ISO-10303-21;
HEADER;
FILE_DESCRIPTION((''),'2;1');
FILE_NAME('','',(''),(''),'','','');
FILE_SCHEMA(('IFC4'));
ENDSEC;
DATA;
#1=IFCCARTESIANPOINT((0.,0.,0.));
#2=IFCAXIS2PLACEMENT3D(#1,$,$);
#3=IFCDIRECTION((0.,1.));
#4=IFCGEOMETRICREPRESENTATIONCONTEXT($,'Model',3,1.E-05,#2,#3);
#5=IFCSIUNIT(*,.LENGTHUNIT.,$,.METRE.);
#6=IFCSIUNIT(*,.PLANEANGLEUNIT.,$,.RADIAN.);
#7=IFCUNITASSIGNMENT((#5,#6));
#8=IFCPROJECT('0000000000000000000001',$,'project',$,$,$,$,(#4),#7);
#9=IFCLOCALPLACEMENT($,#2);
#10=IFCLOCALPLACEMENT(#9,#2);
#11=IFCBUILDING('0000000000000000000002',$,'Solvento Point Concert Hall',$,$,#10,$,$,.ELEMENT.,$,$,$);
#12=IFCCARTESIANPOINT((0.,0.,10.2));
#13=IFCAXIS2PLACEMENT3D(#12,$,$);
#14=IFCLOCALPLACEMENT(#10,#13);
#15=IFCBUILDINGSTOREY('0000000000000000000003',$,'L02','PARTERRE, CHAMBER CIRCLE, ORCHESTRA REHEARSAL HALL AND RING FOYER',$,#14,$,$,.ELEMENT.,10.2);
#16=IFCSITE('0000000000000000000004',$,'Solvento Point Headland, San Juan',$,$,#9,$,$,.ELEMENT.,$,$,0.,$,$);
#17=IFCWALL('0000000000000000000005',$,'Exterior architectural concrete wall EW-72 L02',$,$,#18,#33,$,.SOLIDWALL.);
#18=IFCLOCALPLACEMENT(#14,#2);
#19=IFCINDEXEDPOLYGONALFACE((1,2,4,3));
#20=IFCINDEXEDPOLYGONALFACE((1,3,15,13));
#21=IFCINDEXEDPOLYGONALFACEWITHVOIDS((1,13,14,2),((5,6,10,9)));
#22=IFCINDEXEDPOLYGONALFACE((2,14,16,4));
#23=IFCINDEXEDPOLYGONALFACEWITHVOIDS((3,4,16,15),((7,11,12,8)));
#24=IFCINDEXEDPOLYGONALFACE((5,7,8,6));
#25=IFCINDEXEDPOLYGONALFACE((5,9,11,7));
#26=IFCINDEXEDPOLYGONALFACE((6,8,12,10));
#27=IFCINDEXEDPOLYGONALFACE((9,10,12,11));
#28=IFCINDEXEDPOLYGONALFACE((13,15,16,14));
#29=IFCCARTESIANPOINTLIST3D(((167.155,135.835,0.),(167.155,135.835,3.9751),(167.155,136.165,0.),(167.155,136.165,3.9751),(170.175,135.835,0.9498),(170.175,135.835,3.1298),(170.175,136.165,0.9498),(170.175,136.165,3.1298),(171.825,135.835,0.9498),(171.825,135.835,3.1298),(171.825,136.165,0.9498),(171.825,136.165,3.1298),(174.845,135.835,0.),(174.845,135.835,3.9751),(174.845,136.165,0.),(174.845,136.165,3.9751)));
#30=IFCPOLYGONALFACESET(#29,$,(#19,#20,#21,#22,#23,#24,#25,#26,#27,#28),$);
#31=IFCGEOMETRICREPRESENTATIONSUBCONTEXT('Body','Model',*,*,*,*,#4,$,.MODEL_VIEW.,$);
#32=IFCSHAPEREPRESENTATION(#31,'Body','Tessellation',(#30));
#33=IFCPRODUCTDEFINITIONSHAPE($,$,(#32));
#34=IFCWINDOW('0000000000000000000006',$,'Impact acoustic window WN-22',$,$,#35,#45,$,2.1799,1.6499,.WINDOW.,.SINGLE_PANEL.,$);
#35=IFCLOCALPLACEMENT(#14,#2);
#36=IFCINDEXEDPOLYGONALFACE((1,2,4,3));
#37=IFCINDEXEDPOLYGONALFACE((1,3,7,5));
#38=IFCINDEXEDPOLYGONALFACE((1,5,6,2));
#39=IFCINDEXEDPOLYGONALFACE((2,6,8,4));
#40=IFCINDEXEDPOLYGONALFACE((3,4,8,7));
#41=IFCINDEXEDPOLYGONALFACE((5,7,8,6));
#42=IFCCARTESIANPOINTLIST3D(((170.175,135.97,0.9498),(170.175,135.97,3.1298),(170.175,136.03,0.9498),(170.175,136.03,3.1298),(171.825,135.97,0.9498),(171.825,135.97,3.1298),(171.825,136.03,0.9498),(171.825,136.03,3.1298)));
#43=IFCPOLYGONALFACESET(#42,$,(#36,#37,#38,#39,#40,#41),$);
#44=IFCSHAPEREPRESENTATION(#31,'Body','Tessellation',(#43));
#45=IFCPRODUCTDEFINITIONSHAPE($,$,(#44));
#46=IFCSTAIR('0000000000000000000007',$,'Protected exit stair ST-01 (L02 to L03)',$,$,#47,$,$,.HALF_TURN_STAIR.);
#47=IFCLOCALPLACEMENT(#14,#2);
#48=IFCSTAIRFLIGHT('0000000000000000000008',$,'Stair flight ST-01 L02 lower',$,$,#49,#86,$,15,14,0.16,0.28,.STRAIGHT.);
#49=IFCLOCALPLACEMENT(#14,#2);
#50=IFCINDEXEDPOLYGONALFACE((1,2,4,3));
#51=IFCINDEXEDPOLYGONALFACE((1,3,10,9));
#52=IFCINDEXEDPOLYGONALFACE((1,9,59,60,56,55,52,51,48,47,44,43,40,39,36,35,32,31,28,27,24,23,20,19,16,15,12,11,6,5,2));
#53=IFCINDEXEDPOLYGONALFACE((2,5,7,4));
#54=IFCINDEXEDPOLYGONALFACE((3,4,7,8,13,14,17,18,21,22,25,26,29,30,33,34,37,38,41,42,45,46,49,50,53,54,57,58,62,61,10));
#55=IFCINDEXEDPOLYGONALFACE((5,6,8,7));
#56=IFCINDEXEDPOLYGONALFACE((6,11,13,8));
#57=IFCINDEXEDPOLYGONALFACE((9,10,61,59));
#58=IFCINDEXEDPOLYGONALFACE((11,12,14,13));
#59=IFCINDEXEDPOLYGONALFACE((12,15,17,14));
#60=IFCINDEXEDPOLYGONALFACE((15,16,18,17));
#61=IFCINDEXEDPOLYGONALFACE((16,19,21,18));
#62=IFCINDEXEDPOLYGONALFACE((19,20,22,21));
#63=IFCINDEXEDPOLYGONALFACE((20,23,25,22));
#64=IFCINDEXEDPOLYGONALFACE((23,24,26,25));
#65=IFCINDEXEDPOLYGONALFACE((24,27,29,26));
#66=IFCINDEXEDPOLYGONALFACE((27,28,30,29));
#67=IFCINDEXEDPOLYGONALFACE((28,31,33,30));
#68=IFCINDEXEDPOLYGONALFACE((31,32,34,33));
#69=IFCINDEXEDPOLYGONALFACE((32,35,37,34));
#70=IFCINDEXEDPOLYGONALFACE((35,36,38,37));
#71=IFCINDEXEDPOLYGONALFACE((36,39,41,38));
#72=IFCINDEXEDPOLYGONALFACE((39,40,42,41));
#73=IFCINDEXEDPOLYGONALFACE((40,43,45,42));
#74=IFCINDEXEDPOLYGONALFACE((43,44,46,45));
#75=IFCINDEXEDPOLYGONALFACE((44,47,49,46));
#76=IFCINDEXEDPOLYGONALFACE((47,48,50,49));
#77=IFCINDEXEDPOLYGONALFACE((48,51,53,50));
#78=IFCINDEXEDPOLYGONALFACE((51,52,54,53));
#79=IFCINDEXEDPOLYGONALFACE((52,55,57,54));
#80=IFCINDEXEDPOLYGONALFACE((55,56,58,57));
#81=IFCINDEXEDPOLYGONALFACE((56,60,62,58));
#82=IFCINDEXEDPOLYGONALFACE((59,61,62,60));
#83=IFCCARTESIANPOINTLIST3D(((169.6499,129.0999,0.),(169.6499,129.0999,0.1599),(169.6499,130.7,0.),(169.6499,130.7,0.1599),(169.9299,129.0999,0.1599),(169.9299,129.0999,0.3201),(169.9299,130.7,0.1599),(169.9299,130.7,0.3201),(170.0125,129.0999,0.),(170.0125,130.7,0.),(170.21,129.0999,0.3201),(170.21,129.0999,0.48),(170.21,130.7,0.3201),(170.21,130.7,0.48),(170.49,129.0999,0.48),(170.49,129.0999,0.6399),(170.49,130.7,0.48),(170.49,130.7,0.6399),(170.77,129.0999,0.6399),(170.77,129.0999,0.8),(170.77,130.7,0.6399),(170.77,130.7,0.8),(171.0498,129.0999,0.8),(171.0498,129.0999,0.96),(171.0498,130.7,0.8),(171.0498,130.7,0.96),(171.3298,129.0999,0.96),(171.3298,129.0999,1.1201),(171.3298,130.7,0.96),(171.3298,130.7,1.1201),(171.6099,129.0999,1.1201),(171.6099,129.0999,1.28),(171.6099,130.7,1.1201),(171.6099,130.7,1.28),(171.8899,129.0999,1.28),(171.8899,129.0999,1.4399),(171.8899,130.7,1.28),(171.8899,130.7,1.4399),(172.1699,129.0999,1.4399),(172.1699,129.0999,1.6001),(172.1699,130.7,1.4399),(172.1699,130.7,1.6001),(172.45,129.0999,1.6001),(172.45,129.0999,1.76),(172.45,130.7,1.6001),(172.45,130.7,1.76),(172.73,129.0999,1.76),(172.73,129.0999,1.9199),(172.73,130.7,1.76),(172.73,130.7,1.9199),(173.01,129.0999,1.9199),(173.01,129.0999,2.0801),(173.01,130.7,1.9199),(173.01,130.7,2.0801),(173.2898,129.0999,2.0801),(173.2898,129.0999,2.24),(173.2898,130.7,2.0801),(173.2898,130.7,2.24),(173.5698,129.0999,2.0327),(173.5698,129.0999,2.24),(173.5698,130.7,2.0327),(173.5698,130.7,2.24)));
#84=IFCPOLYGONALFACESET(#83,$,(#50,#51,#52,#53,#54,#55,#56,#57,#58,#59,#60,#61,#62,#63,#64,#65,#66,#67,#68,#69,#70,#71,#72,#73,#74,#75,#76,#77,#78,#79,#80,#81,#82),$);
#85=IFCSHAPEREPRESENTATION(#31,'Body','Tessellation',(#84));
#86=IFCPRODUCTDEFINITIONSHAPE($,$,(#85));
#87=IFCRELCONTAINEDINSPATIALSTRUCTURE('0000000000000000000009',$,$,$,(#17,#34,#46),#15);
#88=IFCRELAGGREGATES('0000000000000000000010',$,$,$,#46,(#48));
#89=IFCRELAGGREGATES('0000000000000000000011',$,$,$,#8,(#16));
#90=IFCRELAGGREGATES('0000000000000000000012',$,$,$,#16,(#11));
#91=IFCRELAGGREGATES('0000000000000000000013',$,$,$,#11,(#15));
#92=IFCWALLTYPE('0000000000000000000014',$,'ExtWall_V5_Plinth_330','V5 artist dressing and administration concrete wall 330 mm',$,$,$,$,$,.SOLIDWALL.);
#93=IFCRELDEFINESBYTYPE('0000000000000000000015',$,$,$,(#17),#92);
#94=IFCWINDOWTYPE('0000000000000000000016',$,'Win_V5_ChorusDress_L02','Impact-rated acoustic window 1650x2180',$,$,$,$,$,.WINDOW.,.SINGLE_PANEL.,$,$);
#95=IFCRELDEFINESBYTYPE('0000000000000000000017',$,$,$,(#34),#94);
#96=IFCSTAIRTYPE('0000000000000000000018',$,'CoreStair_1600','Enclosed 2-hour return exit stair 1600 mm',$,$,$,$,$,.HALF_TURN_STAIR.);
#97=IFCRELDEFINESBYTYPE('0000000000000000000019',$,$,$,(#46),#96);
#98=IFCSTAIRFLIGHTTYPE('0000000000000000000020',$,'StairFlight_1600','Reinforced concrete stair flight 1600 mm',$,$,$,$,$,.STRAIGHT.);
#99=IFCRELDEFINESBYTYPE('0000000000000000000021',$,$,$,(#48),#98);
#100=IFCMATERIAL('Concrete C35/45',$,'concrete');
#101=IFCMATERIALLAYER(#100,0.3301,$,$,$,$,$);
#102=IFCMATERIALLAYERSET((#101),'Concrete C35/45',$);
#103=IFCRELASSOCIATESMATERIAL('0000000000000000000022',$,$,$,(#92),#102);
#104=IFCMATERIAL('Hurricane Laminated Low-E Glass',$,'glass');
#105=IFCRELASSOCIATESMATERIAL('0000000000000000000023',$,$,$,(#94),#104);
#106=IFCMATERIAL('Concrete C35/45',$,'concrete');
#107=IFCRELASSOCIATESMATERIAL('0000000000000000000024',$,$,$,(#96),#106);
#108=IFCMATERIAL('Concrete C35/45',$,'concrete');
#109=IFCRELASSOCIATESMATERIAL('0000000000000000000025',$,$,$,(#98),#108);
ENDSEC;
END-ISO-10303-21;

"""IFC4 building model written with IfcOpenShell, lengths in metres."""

from ifc_helpers import new_model, si_unit, direction, frame, frame_2d, origin, place, context, subcontext, project, spatial, polyline, rectangle, outline, extrude, material, layer, layer_set, type_object, element, fill, aggregate, save


model = new_model("IFC4")

# Units and contexts
model_context = context("Model", 3, precision=1e-05, world=origin(), true_north=direction((0.0, 1.0)))
body_context = subcontext(model_context, "Body", "Model", "MODEL_VIEW")
ifc_project = project(units=[si_unit("LENGTHUNIT", "METRE"), si_unit("PLANEANGLEUNIT", "RADIAN")], contexts=[model_context])

# Site, building, storey
site_placement = place(None, origin())
site = spatial("IfcSite", under=ifc_project, at=site_placement, Name="Solvento Point Headland, San Juan", CompositionType="ELEMENT", RefElevation=0.0)
building_placement = place(site_placement, origin())
building = spatial("IfcBuilding", under=site, at=building_placement, Name="Solvento Point Concert Hall", CompositionType="ELEMENT")
storey_placement = place(building_placement, frame((0.0, 0.0, 10.2)))
storey = spatial("IfcBuildingStorey", under=building, at=storey_placement, Name="L02", Description="PARTERRE, CHAMBER CIRCLE, ORCHESTRA REHEARSAL HALL AND RING FOYER", CompositionType="ELEMENT", Elevation=10.2)

# Wall, opening, window
ifc_material_1 = material(Name="Concrete C35/45", Category="concrete")
ifc_layer_1 = layer(ifc_material_1, 0.3301)
ifc_layer_set_1 = layer_set([ifc_layer_1], Name="Concrete C35/45")
wall_type_1 = type_object("IfcWallType", Name="ExtWall_V5_Plinth_330", Description="V5 artist dressing and administration concrete wall 330 mm", PredefinedType="SOLIDWALL", material=ifc_layer_set_1)
ifc_material_2 = material(Name="Hurricane Laminated Low-E Glass", Category="glass")
window_type = type_object("IfcWindowType", Name="Win_V5_ChorusDress_L02", Description="Impact-rated acoustic window 1650x2180", PartitioningType="SINGLE_PANEL", PredefinedType="WINDOW", material=ifc_material_2)
wall_1_placement = place(storey_placement, frame((167.155, 136.0, 0.0), z_axis=(0.0, 0.0, 1.0), x_axis=(1.0, 0.0, 0.0)))
wall_1 = element("IfcWall", 1, at=wall_1_placement, inside=storey, type_object=wall_type_1, Name="Exterior architectural concrete wall EW-72 L02", PredefinedType="SOLIDWALL", context=body_context, shape_type="SweptSolid", body=[
    extrude(rectangle(XDim=7.6899, YDim=0.3301, at=frame_2d((3.845, 0.0))), origin(), (0.0, 0.0, 1.0), 3.9751),
])
opening_1_placement = place(wall_1_placement, frame((3.02, 0.0, 0.95)))
opening_1 = element("IfcOpeningElement", 2, at=opening_1_placement, cuts=wall_1, PredefinedType="OPENING", context=body_context, shape_type="SweptSolid", body=[
    extrude(rectangle(XDim=1.6499, YDim=2.1799, at=frame_2d((0.825, 1.0898))), frame((0.0, 0.175, 0.0), z_axis=(0.0, -1.0, 0.0), x_axis=(1.0, 0.0, 0.0)), (0.0, 0.0, 1.0), 0.3501),
])
window_1_placement = place(opening_1_placement, origin())
window_1 = element("IfcWindow", 3, at=window_1_placement, inside=storey, type_object=window_type, Name="Impact acoustic window WN-22", OverallHeight=2.1799, OverallWidth=1.6499, PartitioningType="SINGLE_PANEL", PredefinedType="WINDOW", context=body_context, shape_type="SweptSolid", body=[
    extrude(rectangle(XDim=1.6499, YDim=2.1799, at=frame_2d((0.825, 1.0898))), frame((0.0, 0.03, 0.0), z_axis=(0.0, -1.0, 0.0), x_axis=(1.0, 0.0, 0.0)), (0.0, 0.0, 1.0), 0.0601),
])
fill(opening_1, window_1)

# Stair, stair flight
ifc_material_3 = material(Name="Concrete C35/45", Category="concrete")
stair_type = type_object("IfcStairType", Name="CoreStair_1600", Description="Enclosed 2-hour return exit stair 1600 mm", PredefinedType="HALF_TURN_STAIR", material=ifc_material_3)
stair_placement = place(storey_placement, origin())
stair = element("IfcStair", 4, at=stair_placement, inside=storey, type_object=stair_type, Name="Protected exit stair ST-01 (L02 to L03)", PredefinedType="HALF_TURN_STAIR")
ifc_material_4 = material(Name="Concrete C35/45", Category="concrete")
stair_flight_type = type_object("IfcStairFlightType", Name="StairFlight_1600", Description="Reinforced concrete stair flight 1600 mm", PredefinedType="STRAIGHT", material=ifc_material_4)
stair_flight_placement = place(storey_placement, frame((169.6499, 129.8999, 0.0), z_axis=(0.0, 0.0, 1.0), x_axis=(1.0, 0.0, 0.0)))
stair_flight = element("IfcStairFlight", 5, at=stair_flight_placement, type_object=stair_flight_type, Name="Stair flight ST-01 L02 lower", NumberOfRisers=15, NumberOfTreads=14, PredefinedType="STRAIGHT", RiserHeight=0.16, TreadLength=0.28, context=body_context, shape_type="SweptSolid", body=[
    extrude(outline(polyline([(0.0, 0.0), (0.0, 0.1599), (0.28, 0.1599), (0.28, 0.3201), (0.5601, 0.3201), (0.5601, 0.48), (0.8401, 0.48), (0.8401, 0.6399), (1.1201, 0.6399), (1.1201, 0.8), (1.3999, 0.8), (1.3999, 0.96), (1.6799, 0.96), (1.6799, 1.1201), (1.96, 1.1201), (1.96, 1.28), (2.24, 1.28), (2.24, 1.4399), (2.52, 1.4399), (2.52, 1.6001), (2.8, 1.6001), (2.8, 1.76), (3.0801, 1.76), (3.0801, 1.9199), (3.3601, 1.9199), (3.3601, 2.0801), (3.6399, 2.0801), (3.6399, 2.24), (3.9199, 2.24), (3.9199, 2.3999), (3.9199, 2.0327), (0.3625, 0.0), (0.0, 0.0)])), frame((0.0, 0.8, 0.0), z_axis=(0.0, -1.0, 0.0), x_axis=(1.0, 0.0, 0.0)), (0.0, 0.0, 1.0), 1.6001),
])
aggregate(stair, [stair_flight])

save(model, "model.ifc")
